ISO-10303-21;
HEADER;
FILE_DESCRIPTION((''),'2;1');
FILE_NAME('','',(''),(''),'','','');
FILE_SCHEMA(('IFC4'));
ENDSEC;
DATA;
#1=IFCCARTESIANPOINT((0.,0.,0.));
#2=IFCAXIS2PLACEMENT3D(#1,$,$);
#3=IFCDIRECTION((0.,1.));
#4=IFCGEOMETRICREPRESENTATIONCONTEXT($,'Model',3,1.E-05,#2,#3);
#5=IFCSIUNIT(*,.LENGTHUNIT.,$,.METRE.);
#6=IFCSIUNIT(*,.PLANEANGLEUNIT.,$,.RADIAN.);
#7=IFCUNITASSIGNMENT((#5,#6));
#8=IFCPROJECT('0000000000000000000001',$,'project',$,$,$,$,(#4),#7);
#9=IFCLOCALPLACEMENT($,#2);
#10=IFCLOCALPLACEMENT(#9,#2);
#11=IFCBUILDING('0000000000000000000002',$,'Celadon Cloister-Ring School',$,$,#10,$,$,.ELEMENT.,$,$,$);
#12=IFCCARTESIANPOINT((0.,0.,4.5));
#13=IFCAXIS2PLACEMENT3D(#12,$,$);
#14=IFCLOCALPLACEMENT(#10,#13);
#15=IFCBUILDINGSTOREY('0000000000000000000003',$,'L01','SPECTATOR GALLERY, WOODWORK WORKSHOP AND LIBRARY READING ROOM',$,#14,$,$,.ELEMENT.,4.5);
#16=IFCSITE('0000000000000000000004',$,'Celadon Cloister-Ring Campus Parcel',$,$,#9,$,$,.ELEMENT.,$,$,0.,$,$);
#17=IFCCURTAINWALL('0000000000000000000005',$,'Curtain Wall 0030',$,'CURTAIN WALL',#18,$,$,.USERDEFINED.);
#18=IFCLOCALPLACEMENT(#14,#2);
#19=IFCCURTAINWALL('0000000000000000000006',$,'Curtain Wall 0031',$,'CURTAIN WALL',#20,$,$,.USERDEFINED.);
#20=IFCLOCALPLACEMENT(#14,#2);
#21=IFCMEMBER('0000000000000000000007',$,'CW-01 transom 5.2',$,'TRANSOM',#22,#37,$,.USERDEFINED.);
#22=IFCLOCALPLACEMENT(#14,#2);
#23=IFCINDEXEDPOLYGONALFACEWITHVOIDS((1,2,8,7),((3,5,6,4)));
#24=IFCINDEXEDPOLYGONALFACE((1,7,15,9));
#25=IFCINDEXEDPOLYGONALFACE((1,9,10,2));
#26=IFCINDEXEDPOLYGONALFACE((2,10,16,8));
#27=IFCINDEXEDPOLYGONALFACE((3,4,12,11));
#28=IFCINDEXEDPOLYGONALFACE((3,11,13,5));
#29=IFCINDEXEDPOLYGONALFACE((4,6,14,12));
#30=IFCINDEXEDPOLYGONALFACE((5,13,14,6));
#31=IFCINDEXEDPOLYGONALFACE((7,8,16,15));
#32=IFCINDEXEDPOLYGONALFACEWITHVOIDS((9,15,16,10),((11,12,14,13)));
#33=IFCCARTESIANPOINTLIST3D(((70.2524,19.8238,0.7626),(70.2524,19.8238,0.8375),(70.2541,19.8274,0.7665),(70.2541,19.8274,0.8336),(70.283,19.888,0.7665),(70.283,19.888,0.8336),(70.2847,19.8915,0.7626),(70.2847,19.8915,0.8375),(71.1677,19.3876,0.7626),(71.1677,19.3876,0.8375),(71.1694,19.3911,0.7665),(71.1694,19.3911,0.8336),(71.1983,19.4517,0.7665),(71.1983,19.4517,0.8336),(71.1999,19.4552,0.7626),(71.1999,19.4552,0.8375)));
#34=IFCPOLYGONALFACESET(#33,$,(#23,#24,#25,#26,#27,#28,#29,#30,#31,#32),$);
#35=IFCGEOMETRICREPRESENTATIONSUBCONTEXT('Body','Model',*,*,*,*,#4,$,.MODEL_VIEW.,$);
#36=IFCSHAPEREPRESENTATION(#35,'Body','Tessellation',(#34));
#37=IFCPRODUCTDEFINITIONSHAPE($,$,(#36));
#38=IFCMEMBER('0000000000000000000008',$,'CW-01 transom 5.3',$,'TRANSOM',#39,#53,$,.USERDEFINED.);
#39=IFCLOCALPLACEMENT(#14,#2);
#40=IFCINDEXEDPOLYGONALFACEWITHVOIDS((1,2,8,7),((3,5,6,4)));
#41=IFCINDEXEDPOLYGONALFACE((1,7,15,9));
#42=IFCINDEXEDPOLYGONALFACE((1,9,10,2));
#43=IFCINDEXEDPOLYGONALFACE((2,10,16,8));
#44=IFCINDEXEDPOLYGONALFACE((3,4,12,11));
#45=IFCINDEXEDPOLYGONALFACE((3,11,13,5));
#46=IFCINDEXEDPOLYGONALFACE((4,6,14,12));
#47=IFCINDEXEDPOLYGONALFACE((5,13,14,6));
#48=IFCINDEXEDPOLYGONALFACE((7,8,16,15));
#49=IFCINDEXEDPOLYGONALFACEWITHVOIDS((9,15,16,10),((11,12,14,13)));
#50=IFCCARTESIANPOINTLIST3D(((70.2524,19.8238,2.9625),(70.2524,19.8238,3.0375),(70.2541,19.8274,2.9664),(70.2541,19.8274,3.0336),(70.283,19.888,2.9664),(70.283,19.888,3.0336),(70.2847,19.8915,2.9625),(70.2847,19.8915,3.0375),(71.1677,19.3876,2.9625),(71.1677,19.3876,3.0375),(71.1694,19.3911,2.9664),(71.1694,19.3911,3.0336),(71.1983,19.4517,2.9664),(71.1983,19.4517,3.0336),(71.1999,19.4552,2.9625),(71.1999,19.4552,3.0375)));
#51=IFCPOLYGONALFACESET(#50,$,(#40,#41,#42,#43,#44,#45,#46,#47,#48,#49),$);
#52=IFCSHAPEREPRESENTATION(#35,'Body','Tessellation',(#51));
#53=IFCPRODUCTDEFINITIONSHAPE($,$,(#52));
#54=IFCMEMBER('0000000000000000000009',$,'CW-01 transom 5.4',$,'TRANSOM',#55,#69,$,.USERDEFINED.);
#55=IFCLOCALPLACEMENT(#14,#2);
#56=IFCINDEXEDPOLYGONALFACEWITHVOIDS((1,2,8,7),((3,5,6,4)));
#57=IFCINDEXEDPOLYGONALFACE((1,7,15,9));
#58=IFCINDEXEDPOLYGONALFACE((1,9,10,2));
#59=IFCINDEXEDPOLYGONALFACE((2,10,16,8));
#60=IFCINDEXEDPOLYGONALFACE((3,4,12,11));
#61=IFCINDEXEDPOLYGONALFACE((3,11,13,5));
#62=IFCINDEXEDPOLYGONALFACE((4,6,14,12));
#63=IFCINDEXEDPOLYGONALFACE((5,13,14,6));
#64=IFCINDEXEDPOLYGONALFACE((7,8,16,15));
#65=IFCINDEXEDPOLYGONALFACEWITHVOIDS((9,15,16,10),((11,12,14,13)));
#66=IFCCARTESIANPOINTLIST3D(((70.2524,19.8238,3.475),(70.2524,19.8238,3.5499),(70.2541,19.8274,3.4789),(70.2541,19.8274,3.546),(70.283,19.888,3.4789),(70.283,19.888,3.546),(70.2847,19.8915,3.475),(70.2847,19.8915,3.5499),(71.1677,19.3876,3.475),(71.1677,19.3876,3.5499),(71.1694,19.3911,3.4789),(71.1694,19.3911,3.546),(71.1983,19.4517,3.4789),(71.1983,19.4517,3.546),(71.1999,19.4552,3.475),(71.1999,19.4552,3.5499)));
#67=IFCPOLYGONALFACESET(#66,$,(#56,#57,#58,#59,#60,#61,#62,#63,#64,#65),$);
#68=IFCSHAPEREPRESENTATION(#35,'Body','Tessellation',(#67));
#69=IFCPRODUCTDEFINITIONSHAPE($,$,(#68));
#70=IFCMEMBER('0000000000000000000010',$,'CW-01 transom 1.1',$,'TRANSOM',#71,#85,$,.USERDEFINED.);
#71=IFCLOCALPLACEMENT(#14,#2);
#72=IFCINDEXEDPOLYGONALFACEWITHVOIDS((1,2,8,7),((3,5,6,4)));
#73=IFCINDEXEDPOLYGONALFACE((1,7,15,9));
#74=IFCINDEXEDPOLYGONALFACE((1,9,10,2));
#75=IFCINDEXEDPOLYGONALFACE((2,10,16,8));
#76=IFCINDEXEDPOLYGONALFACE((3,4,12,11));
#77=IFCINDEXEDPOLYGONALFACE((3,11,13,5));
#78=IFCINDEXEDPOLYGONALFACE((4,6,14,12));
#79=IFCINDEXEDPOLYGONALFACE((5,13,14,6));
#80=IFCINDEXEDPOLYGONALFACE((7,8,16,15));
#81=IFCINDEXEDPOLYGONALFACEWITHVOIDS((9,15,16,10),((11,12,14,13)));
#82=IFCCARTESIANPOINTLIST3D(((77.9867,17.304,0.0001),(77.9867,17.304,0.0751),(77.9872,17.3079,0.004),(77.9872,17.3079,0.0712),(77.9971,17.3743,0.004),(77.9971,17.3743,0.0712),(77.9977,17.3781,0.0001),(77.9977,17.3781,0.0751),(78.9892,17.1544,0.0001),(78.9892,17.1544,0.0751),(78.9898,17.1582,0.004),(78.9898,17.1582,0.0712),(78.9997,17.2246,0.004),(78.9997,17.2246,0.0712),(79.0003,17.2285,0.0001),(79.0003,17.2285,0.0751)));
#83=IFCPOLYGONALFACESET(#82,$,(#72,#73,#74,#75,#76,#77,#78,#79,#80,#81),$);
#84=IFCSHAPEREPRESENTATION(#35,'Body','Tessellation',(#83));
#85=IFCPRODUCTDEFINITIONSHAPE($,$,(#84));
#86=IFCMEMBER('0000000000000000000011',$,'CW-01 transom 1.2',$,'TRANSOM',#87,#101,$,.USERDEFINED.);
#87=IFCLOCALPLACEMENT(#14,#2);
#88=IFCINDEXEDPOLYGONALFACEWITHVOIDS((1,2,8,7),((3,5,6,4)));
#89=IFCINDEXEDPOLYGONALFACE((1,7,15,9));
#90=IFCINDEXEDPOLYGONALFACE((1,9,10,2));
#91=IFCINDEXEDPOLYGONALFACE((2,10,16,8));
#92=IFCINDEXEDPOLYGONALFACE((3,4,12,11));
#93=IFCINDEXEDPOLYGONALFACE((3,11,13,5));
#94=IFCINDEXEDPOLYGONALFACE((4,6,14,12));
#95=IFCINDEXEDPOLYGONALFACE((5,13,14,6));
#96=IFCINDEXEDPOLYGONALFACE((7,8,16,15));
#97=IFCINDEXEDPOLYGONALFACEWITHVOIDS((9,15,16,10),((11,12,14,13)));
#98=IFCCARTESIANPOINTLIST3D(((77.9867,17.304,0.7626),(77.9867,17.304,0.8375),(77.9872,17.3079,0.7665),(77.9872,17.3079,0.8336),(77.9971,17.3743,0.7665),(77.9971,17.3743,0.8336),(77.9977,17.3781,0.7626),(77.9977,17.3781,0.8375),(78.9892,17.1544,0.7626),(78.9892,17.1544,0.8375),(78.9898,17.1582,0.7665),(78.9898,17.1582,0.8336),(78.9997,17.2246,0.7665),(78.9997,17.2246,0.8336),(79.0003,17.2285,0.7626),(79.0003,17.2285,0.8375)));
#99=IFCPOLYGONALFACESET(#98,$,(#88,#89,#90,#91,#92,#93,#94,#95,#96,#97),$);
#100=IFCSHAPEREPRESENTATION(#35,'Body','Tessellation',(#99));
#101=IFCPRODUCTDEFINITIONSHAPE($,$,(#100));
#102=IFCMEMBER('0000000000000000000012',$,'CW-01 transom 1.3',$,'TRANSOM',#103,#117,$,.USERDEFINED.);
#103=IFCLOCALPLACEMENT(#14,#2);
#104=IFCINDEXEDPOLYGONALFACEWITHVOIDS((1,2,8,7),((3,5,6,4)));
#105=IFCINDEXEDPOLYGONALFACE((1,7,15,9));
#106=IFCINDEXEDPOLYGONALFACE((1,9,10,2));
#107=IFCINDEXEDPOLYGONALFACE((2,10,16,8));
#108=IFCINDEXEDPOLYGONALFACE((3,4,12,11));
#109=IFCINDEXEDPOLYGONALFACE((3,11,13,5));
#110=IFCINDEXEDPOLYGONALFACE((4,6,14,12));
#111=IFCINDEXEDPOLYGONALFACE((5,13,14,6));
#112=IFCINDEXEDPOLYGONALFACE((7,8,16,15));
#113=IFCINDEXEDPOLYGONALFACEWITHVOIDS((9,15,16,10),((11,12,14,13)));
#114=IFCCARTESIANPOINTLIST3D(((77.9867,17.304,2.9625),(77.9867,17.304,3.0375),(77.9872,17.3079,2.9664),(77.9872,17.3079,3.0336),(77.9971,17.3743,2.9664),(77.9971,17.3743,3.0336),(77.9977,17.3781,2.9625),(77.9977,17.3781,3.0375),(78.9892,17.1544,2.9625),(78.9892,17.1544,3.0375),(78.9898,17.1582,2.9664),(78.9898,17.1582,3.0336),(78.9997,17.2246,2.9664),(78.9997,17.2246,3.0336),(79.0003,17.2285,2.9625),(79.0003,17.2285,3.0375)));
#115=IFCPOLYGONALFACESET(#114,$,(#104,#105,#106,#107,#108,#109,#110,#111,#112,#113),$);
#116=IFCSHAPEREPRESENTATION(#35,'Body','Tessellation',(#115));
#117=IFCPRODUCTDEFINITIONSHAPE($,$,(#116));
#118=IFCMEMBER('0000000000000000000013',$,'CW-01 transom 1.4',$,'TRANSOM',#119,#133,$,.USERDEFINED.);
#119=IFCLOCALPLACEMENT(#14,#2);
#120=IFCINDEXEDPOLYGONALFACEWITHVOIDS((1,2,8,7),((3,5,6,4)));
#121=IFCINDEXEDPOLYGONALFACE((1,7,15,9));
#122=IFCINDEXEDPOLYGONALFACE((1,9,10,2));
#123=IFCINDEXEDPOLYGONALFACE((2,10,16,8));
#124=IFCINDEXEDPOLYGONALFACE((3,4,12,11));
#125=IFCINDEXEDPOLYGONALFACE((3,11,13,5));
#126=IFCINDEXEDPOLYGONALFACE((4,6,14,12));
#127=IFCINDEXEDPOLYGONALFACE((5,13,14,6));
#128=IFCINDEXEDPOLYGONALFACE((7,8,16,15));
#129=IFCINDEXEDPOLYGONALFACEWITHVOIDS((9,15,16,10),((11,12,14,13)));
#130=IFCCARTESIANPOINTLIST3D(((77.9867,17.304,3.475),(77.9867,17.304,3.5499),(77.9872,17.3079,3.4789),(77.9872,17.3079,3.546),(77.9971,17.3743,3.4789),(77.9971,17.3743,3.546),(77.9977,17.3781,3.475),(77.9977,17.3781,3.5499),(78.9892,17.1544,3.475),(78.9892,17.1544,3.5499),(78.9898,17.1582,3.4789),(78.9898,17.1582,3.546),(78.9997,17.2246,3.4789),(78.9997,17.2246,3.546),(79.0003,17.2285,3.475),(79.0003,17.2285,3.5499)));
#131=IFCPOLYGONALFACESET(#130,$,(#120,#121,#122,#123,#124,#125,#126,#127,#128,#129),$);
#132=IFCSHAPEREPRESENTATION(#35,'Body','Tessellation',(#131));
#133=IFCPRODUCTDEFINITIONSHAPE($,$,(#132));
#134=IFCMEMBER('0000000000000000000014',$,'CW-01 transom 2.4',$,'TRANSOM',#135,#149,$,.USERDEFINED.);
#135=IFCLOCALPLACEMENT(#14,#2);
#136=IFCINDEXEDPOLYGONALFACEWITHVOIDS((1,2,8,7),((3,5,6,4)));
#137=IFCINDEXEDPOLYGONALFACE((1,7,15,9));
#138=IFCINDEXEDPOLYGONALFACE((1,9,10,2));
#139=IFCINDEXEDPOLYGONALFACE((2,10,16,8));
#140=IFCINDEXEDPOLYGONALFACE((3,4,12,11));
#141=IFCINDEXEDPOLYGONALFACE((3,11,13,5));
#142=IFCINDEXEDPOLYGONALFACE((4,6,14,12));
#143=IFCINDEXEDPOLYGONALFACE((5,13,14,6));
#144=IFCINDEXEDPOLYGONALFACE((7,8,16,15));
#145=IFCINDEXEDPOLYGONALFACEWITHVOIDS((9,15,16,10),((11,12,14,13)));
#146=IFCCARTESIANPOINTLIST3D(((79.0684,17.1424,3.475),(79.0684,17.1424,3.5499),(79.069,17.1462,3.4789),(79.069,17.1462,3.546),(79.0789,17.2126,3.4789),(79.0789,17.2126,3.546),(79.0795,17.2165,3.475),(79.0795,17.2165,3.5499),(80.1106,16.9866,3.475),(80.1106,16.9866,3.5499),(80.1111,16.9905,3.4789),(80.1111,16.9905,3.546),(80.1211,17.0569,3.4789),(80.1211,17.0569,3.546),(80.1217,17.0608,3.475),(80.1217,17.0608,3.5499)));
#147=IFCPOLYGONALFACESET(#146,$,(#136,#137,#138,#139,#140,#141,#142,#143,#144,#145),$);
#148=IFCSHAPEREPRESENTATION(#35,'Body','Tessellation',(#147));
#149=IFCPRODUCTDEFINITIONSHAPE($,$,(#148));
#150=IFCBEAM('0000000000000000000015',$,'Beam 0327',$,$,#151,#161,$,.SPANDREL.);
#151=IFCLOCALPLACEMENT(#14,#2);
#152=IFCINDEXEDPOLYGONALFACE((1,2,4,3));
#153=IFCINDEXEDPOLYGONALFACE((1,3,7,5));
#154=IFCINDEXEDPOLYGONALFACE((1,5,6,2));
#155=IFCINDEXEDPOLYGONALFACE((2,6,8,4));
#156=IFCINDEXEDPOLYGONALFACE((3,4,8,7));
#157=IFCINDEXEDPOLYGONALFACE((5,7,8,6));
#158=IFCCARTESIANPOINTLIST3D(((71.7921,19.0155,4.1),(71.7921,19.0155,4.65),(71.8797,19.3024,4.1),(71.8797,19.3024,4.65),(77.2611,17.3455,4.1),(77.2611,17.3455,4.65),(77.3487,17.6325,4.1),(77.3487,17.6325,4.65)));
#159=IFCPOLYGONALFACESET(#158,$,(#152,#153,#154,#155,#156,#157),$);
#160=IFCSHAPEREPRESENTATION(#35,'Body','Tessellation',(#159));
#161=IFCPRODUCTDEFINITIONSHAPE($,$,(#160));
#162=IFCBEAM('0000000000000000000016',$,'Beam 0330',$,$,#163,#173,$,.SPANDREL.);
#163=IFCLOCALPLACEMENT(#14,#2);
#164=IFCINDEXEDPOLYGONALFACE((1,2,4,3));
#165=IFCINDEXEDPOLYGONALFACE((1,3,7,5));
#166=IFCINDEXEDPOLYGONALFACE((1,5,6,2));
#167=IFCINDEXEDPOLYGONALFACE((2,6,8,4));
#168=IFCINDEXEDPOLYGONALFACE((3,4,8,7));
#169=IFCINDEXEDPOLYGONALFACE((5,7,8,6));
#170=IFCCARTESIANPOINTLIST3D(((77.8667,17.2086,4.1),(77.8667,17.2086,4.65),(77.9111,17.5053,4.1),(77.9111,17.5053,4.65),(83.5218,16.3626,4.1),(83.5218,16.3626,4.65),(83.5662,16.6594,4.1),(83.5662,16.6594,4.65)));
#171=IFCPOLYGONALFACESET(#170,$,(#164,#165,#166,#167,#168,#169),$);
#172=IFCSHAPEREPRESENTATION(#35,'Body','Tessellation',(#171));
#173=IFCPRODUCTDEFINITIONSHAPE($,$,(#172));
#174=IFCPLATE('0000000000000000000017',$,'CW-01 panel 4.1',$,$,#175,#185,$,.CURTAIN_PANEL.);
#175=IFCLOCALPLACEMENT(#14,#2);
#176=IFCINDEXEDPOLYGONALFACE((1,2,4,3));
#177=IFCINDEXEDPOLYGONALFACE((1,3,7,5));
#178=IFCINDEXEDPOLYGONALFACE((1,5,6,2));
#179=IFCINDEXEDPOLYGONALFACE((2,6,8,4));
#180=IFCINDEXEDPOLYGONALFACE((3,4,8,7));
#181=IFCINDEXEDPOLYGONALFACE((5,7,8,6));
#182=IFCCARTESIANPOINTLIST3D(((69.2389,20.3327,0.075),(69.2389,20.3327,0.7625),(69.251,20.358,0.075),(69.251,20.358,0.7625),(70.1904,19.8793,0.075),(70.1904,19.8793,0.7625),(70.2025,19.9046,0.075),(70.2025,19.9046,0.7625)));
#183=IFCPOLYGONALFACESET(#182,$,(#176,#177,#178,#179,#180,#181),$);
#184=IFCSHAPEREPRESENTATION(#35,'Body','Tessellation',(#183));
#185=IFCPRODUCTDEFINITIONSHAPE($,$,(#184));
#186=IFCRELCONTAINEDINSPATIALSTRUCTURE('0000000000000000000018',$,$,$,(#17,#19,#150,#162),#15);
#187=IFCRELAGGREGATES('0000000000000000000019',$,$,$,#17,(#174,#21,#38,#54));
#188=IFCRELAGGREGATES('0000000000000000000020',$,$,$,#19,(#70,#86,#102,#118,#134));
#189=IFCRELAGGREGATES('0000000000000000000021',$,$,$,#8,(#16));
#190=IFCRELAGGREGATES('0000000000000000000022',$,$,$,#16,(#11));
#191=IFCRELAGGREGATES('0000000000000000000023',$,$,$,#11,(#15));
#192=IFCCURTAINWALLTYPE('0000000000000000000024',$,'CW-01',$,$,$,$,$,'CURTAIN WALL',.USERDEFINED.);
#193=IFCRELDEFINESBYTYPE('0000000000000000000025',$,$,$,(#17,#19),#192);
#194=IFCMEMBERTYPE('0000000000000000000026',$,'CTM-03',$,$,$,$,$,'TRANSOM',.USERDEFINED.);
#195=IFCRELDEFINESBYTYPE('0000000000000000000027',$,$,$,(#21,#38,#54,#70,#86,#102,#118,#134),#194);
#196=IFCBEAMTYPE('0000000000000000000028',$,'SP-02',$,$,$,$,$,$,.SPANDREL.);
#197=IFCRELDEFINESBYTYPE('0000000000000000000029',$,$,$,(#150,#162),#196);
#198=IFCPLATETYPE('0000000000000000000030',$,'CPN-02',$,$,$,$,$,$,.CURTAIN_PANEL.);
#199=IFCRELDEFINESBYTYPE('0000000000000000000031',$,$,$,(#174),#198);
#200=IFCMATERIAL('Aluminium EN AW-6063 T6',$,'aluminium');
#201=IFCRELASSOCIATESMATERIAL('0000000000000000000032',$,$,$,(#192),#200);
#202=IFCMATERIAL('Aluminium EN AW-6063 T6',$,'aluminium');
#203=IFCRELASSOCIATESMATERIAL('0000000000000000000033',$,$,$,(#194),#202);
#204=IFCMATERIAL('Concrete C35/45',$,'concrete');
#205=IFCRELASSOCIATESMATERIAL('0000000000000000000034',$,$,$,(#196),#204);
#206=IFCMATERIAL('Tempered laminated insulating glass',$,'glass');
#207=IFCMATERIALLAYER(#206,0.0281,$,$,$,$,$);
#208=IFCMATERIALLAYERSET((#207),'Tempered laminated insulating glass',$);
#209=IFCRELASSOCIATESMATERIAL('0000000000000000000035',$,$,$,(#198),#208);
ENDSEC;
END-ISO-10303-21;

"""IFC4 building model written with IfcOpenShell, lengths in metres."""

from ifc_helpers import new_model, si_unit, direction, frame, origin, origin_2d, place, context, subcontext, project, spatial, rectangle, hollow_rectangle, extrude, material, layer, layer_set, material_profile, profile_set, type_object, element, aggregate, save


model = new_model("IFC4")

# Units and contexts
model_context = context("Model", 3, precision=1e-05, world=origin(), true_north=direction((0.0, 1.0)))
body_context = subcontext(model_context, "Body", "Model", "MODEL_VIEW")
ifc_project = project(units=[si_unit("LENGTHUNIT", "METRE"), si_unit("PLANEANGLEUNIT", "RADIAN")], contexts=[model_context])

# Site, building, storey
site_placement = place(None, origin())
site = spatial("IfcSite", under=ifc_project, at=site_placement, Name="Celadon Cloister-Ring Campus Parcel", CompositionType="ELEMENT", RefElevation=0.0)
building_placement = place(site_placement, origin())
building = spatial("IfcBuilding", under=site, at=building_placement, Name="Celadon Cloister-Ring School", CompositionType="ELEMENT")
storey_placement = place(building_placement, frame((0.0, 0.0, 4.5)))
storey = spatial("IfcBuildingStorey", under=building, at=storey_placement, Name="L01", Description="SPECTATOR GALLERY, WOODWORK WORKSHOP AND LIBRARY READING ROOM", CompositionType="ELEMENT", Elevation=4.5)

# Curtain walls
ifc_material_1 = material(Name="Aluminium EN AW-6063 T6", Category="aluminium")
curtain_wall_type = type_object("IfcCurtainWallType", Name="CW-01", ElementType="CURTAIN WALL", PredefinedType="USERDEFINED", material=ifc_material_1)
curtain_wall_1_placement = place(storey_placement, origin())
curtain_wall_1 = element("IfcCurtainWall", 1, at=curtain_wall_1_placement, inside=storey, type_object=curtain_wall_type, Name="Curtain Wall 0030", ObjectType="CURTAIN WALL", PredefinedType="USERDEFINED")
curtain_wall_2_placement = place(storey_placement, origin())
curtain_wall_2 = element("IfcCurtainWall", 2, at=curtain_wall_2_placement, inside=storey, type_object=curtain_wall_type, Name="Curtain Wall 0031", ObjectType="CURTAIN WALL", PredefinedType="USERDEFINED")

# Members
ifc_material_2 = material(Name="Aluminium EN AW-6063 T6", Category="aluminium")
ifc_material_profile_1 = material_profile(ifc_material_2, hollow_rectangle(XDim=0.075, YDim=0.075, WallThickness=0.0039, at=origin_2d()), Name="RHS75X75X4")
ifc_profile_set_1 = profile_set([ifc_material_profile_1], Name="Aluminium EN AW-6063 T6")
member_type_1 = type_object("IfcMemberType", Name="CTM-03", ElementType="TRANSOM", PredefinedType="USERDEFINED", material=ifc_profile_set_1)
member_1_placement = place(storey_placement, frame((70.2686, 19.8577, 0.8), z_axis=(0.902696, -0.430279, 0.0), x_axis=(0.430279, 0.902696, 0.0)))
member_1 = element("IfcMember", 3, at=member_1_placement, type_object=member_type_1, Name="CW-01 transom 5.2", ObjectType="TRANSOM", PredefinedType="USERDEFINED", context=body_context, shape_type="SweptSolid", body=[
    extrude(hollow_rectangle(XDim=0.075, YDim=0.075, WallThickness=0.0039, at=origin_2d()), origin(), (0.0, 0.0, 1.0), 1.0139),
])
member_2_placement = place(storey_placement, frame((70.2686, 19.8577, 3.0), z_axis=(0.902696, -0.430279, 0.0), x_axis=(0.430279, 0.902696, 0.0)))
member_2 = element("IfcMember", 4, at=member_2_placement, type_object=member_type_1, Name="CW-01 transom 5.3", ObjectType="TRANSOM", PredefinedType="USERDEFINED", context=body_context, shape_type="SweptSolid", body=[
    extrude(hollow_rectangle(XDim=0.075, YDim=0.075, WallThickness=0.0039, at=origin_2d()), origin(), (0.0, 0.0, 1.0), 1.0139),
])
member_3_placement = place(storey_placement, frame((70.2686, 19.8577, 3.5125), z_axis=(0.902696, -0.430279, 0.0), x_axis=(0.430279, 0.902696, 0.0)))
member_3 = element("IfcMember", 5, at=member_3_placement, type_object=member_type_1, Name="CW-01 transom 5.4", ObjectType="TRANSOM", PredefinedType="USERDEFINED", context=body_context, shape_type="SweptSolid", body=[
    extrude(hollow_rectangle(XDim=0.075, YDim=0.075, WallThickness=0.0039, at=origin_2d()), origin(), (0.0, 0.0, 1.0), 1.0139),
])
member_4_placement = place(storey_placement, frame((77.9922, 17.3411, 0.0376), z_axis=(0.989044, -0.147622, 0.0), x_axis=(0.147622, 0.989044, 0.0)))
member_4 = element("IfcMember", 6, at=member_4_placement, type_object=member_type_1, Name="CW-01 transom 1.1", ObjectType="TRANSOM", PredefinedType="USERDEFINED", context=body_context, shape_type="SweptSolid", body=[
    extrude(hollow_rectangle(XDim=0.075, YDim=0.075, WallThickness=0.0039, at=origin_2d()), origin(), (0.0, 0.0, 1.0), 1.0137),
])
member_5_placement = place(storey_placement, frame((77.9922, 17.3411, 0.8), z_axis=(0.989044, -0.147622, 0.0), x_axis=(0.147622, 0.989044, 0.0)))
member_5 = element("IfcMember", 7, at=member_5_placement, type_object=member_type_1, Name="CW-01 transom 1.2", ObjectType="TRANSOM", PredefinedType="USERDEFINED", context=body_context, shape_type="SweptSolid", body=[
    extrude(hollow_rectangle(XDim=0.075, YDim=0.075, WallThickness=0.0039, at=origin_2d()), origin(), (0.0, 0.0, 1.0), 1.0137),
])
member_6_placement = place(storey_placement, frame((77.9922, 17.3411, 3.0), z_axis=(0.989044, -0.147622, 0.0), x_axis=(0.147622, 0.989044, 0.0)))
member_6 = element("IfcMember", 8, at=member_6_placement, type_object=member_type_1, Name="CW-01 transom 1.3", ObjectType="TRANSOM", PredefinedType="USERDEFINED", context=body_context, shape_type="SweptSolid", body=[
    extrude(hollow_rectangle(XDim=0.075, YDim=0.075, WallThickness=0.0039, at=origin_2d()), origin(), (0.0, 0.0, 1.0), 1.0137),
])
member_7_placement = place(storey_placement, frame((77.9922, 17.3411, 3.5125), z_axis=(0.989044, -0.147622, 0.0), x_axis=(0.147622, 0.989044, 0.0)))
member_7 = element("IfcMember", 9, at=member_7_placement, type_object=member_type_1, Name="CW-01 transom 1.4", ObjectType="TRANSOM", PredefinedType="USERDEFINED", context=body_context, shape_type="SweptSolid", body=[
    extrude(hollow_rectangle(XDim=0.075, YDim=0.075, WallThickness=0.0039, at=origin_2d()), origin(), (0.0, 0.0, 1.0), 1.0137),
])
member_8_placement = place(storey_placement, frame((79.074, 17.1794, 3.5125), z_axis=(0.989016, -0.147808, 0.0), x_axis=(0.147808, 0.989016, 0.0)))
member_8 = element("IfcMember", 10, at=member_8_placement, type_object=member_type_1, Name="CW-01 transom 2.4", ObjectType="TRANSOM", PredefinedType="USERDEFINED", context=body_context, shape_type="SweptSolid", body=[
    extrude(hollow_rectangle(XDim=0.075, YDim=0.075, WallThickness=0.0039, at=origin_2d()), origin(), (0.0, 0.0, 1.0), 1.0537),
])

# Beams
ifc_material_3 = material(Name="Concrete C35/45", Category="concrete")
ifc_material_profile_2 = material_profile(ifc_material_3, rectangle(XDim=0.3, YDim=0.55, at=origin_2d()), Name="RC300X550")
ifc_profile_set_2 = profile_set([ifc_material_profile_2], Name="Concrete C35/45")
beam_type_1 = type_object("IfcBeamType", Name="SP-02", PredefinedType="SPANDREL", material=ifc_profile_set_2)
beam_1_placement = place(storey_placement, frame((71.8359, 19.1589, 4.375), z_axis=(0.956408, -0.292033, 0.0), x_axis=(0.292033, 0.956408, 0.0)))
element("IfcBeam", 11, at=beam_1_placement, inside=storey, type_object=beam_type_1, Name="Beam 0327", PredefinedType="SPANDREL", context=body_context, shape_type="SweptSolid", body=[
    extrude(rectangle(XDim=0.3, YDim=0.55, at=origin_2d()), origin(), (0.0, 0.0, 1.0), 5.7183),
])
beam_2_placement = place(storey_placement, frame((77.8889, 17.3569, 4.375), z_axis=(0.988995, -0.147946, 0.0), x_axis=(0.147946, 0.988995, 0.0)))
element("IfcBeam", 12, at=beam_2_placement, inside=storey, type_object=beam_type_1, Name="Beam 0330", PredefinedType="SPANDREL", context=body_context, shape_type="SweptSolid", body=[
    extrude(rectangle(XDim=0.3, YDim=0.55, at=origin_2d()), origin(), (0.0, 0.0, 1.0), 5.718),
])

# Plate
ifc_material_4 = material(Name="Tempered laminated insulating glass", Category="glass")
ifc_layer_1 = layer(ifc_material_4, 0.0281)
ifc_layer_set_1 = layer_set([ifc_layer_1], Name="Tempered laminated insulating glass")
plate_type = type_object("IfcPlateType", Name="CPN-02", PredefinedType="CURTAIN_PANEL", material=ifc_layer_set_1)
plate_1_placement = place(storey_placement, frame((69.7207, 20.1187, 0.075), z_axis=(0.0, 0.0, 1.0), x_axis=(0.902733, -0.430201, 0.0)))
plate_1 = element("IfcPlate", 13, at=plate_1_placement, type_object=plate_type, Name="CW-01 panel 4.1", PredefinedType="CURTAIN_PANEL", context=body_context, shape_type="SweptSolid", body=[
    extrude(rectangle(XDim=1.054, YDim=0.0281, at=origin_2d()), origin(), (0.0, 0.0, 1.0), 0.6875),
])
aggregate(curtain_wall_1, [plate_1, member_1, member_2, member_3])
aggregate(curtain_wall_2, [member_4, member_5, member_6, member_7, member_8])

save(model, "model.ifc")
